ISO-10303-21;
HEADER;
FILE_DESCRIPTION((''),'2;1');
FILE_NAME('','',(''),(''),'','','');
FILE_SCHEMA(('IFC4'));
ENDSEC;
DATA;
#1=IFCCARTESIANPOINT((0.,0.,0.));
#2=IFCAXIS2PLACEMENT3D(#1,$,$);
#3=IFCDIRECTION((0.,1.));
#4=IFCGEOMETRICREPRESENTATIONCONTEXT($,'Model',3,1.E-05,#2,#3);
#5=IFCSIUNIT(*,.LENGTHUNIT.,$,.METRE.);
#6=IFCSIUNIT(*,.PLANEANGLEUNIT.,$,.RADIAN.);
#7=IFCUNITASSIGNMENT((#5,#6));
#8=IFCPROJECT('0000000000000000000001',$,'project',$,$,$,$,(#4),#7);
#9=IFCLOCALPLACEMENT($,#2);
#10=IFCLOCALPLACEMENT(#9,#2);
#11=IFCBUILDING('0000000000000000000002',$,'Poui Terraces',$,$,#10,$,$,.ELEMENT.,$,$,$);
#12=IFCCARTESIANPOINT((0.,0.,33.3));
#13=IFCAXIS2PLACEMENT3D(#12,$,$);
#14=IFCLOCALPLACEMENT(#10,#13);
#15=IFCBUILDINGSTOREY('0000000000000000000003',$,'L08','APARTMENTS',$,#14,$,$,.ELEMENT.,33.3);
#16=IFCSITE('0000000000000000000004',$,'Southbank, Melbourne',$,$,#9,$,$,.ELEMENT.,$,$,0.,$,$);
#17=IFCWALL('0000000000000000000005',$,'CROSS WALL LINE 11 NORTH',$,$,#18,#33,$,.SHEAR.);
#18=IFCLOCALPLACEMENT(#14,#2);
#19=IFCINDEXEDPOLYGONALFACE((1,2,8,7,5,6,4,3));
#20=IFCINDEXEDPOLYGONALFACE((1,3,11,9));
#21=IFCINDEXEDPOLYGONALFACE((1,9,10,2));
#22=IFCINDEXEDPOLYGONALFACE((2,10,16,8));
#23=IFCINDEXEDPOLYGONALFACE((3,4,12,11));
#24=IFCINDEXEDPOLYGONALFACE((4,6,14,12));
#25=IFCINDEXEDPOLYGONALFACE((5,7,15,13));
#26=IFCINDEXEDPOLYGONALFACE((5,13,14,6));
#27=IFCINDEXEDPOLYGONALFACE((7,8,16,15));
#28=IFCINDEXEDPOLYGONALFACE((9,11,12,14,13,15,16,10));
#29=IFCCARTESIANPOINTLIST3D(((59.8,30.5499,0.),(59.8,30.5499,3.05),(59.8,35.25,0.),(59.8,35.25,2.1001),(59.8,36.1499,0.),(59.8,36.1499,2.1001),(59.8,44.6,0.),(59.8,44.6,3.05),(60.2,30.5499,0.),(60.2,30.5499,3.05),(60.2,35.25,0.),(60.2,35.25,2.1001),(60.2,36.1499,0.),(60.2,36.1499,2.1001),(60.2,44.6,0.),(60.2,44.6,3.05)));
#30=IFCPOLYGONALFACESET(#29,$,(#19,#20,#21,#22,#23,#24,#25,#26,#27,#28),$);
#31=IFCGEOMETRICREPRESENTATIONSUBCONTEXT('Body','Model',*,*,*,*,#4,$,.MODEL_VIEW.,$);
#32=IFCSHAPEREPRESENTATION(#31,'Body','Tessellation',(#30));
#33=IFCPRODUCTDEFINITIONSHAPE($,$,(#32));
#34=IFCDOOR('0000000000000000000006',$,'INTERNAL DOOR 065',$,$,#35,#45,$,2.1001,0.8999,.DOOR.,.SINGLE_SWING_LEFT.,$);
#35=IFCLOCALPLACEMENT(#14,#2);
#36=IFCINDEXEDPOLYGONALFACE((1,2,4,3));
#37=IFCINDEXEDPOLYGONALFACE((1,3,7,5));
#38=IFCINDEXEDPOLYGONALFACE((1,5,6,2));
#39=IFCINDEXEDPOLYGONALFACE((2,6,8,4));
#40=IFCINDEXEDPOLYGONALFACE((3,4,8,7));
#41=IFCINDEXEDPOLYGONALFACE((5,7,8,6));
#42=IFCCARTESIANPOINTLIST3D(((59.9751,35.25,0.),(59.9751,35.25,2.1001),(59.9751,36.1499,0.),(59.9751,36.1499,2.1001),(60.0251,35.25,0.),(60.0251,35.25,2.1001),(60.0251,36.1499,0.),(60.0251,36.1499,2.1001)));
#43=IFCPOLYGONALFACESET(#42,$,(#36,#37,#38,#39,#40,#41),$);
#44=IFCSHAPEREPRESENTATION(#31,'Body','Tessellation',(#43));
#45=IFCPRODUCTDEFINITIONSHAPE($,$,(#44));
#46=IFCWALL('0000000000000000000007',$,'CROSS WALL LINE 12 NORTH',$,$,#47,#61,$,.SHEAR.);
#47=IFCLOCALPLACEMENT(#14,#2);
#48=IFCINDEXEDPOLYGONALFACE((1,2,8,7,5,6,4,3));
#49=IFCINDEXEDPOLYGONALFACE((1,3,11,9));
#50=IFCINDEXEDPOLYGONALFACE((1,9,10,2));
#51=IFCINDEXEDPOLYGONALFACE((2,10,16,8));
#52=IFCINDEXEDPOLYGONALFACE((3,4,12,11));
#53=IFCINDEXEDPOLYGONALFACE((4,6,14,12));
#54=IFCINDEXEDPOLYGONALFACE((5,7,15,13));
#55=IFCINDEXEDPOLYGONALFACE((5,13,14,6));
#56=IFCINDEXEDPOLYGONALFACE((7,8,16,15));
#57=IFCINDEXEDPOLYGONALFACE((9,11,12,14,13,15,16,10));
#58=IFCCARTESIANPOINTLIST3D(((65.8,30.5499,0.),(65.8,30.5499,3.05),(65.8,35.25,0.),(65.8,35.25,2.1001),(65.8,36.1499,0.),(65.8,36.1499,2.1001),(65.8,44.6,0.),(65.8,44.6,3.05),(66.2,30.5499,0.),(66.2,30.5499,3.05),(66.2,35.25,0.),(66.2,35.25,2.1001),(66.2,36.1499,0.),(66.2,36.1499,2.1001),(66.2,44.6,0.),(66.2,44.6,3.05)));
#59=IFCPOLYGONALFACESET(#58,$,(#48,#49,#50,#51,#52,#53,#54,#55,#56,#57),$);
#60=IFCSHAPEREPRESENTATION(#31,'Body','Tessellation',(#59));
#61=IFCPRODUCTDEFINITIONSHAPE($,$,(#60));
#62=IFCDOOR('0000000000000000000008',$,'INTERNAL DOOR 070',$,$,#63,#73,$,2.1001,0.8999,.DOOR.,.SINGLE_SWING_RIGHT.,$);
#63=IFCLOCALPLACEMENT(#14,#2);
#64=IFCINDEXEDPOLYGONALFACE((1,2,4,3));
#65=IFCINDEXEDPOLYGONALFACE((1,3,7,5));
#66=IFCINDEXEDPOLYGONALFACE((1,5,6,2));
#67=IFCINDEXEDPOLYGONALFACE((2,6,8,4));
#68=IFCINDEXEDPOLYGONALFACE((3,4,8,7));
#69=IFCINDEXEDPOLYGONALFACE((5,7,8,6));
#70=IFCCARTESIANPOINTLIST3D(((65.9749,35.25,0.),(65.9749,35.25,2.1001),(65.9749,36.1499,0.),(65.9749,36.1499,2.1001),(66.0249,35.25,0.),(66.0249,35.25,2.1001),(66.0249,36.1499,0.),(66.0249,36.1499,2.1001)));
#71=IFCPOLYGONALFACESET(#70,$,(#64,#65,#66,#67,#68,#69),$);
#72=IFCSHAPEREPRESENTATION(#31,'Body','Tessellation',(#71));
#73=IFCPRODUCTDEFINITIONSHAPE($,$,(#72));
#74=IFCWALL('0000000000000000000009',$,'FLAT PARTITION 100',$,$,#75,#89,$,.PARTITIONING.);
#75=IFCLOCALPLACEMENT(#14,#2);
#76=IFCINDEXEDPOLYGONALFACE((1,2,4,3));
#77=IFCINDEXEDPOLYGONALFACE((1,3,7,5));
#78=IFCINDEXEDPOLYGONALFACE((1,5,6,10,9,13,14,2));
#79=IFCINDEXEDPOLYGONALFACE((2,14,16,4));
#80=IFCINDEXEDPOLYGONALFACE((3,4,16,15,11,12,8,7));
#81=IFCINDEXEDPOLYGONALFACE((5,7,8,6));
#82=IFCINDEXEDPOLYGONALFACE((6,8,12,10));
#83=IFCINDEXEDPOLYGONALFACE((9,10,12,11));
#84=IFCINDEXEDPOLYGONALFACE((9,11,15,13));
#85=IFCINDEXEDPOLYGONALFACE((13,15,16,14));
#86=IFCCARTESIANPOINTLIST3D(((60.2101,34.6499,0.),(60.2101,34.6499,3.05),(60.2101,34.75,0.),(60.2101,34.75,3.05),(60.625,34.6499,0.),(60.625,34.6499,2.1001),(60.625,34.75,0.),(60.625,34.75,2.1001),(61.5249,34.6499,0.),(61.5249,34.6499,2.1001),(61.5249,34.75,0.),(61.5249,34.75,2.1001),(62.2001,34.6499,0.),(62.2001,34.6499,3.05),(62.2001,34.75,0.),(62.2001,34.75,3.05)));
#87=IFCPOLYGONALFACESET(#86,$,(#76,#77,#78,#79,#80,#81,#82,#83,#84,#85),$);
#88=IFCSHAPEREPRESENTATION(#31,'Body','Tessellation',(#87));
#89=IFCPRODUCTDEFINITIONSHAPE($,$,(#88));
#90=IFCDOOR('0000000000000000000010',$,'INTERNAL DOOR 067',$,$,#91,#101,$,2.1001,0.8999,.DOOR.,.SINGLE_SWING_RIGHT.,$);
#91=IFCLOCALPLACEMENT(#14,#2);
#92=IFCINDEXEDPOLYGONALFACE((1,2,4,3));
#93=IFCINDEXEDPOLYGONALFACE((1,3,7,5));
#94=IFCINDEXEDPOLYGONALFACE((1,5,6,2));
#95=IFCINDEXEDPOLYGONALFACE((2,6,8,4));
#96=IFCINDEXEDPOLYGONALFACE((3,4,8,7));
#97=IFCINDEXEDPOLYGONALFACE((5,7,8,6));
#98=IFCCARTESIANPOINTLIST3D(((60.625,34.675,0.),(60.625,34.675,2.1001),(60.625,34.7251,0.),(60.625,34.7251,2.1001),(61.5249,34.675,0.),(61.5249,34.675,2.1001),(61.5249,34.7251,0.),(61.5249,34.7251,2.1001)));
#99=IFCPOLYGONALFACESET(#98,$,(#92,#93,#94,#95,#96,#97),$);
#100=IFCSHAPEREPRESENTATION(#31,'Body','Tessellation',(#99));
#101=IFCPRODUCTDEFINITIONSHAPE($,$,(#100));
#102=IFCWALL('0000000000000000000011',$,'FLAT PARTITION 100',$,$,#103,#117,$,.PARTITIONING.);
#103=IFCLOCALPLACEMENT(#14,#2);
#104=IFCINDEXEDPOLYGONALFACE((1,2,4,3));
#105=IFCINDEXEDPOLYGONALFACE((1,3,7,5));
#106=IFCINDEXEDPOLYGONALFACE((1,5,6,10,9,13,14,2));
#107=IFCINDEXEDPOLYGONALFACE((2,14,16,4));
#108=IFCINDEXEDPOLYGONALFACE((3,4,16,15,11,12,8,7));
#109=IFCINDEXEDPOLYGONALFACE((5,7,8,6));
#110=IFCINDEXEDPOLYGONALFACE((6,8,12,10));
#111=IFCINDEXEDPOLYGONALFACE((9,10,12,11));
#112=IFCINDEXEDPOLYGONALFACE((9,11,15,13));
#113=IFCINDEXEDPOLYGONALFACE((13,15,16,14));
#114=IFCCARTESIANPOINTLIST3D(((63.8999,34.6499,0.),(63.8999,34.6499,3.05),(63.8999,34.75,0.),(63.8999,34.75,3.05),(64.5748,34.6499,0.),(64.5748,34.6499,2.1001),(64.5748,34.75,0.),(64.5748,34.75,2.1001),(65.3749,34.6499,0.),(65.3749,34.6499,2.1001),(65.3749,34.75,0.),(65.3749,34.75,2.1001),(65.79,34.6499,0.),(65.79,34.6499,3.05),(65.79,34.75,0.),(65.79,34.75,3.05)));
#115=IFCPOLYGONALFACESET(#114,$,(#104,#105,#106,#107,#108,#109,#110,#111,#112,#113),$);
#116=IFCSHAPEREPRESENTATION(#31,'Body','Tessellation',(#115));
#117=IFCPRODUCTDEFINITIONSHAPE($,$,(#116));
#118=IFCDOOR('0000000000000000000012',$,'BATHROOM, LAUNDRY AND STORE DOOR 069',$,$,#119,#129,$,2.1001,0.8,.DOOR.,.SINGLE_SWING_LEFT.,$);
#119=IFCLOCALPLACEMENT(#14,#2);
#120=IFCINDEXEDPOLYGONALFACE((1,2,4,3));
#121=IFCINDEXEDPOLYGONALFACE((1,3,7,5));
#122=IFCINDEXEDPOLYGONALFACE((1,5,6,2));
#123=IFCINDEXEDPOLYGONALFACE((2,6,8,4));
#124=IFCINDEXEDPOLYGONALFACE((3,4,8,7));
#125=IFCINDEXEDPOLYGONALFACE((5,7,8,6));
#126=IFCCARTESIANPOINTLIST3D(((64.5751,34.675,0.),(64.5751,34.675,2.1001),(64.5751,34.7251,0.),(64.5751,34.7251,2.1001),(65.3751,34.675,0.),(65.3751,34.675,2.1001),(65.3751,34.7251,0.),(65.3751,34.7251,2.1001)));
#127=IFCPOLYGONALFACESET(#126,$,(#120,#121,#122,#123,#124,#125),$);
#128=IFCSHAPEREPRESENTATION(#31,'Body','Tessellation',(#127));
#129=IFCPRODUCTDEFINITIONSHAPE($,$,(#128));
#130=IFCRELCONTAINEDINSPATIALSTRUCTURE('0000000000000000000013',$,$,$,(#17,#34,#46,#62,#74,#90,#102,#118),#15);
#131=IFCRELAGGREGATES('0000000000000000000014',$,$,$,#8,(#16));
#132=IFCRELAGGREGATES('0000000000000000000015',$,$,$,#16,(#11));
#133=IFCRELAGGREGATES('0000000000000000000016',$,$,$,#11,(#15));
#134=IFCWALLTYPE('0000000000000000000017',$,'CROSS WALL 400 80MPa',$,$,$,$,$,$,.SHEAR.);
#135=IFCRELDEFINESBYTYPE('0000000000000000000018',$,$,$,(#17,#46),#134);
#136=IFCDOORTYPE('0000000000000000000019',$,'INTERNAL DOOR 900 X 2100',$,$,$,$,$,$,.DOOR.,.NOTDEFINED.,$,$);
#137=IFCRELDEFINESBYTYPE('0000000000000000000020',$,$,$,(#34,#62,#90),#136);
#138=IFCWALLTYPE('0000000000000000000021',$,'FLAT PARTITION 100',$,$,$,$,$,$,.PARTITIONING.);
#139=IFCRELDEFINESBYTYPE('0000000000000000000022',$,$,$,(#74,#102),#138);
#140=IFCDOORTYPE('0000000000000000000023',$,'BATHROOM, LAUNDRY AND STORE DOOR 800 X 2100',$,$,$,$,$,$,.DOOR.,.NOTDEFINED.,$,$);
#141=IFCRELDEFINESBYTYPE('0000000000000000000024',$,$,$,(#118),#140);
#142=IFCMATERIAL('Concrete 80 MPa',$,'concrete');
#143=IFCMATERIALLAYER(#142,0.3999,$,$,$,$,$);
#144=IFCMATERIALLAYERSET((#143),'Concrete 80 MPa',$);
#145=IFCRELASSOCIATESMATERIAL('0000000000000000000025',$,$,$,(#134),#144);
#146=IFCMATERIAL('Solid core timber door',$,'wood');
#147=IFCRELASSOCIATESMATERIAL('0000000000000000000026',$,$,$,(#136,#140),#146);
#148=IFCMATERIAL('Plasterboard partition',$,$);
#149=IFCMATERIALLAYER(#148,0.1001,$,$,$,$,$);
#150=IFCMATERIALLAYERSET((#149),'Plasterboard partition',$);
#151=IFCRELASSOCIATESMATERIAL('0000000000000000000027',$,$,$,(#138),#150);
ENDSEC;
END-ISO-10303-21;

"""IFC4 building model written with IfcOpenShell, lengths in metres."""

from ifc_helpers import new_model, si_unit, direction, frame, frame_2d, origin, place, context, subcontext, project, spatial, rectangle, extrude, material, layer, layer_set, type_object, element, fill, save


model = new_model("IFC4")

# Units and contexts
model_context = context("Model", 3, precision=1e-05, world=origin(), true_north=direction((0.0, 1.0)))
body_context = subcontext(model_context, "Body", "Model", "MODEL_VIEW")
ifc_project = project(units=[si_unit("LENGTHUNIT", "METRE"), si_unit("PLANEANGLEUNIT", "RADIAN")], contexts=[model_context])

# Site, building, storey
site_placement = place(None, origin())
site = spatial("IfcSite", under=ifc_project, at=site_placement, Name="Southbank, Melbourne", CompositionType="ELEMENT", RefElevation=0.0)
building_placement = place(site_placement, origin())
building = spatial("IfcBuilding", under=site, at=building_placement, Name="Poui Terraces", CompositionType="ELEMENT")
storey_placement = place(building_placement, frame((0.0, 0.0, 33.3)))
storey = spatial("IfcBuildingStorey", under=building, at=storey_placement, Name="L08", Description="APARTMENTS", CompositionType="ELEMENT", Elevation=33.3)

# Walls, openings, doors
ifc_material_1 = material(Name="Concrete 80 MPa", Category="concrete")
ifc_layer_1 = layer(ifc_material_1, 0.3999)
ifc_layer_set_1 = layer_set([ifc_layer_1], Name="Concrete 80 MPa")
wall_type_1 = type_object("IfcWallType", Name="CROSS WALL 400 80MPa", PredefinedType="SHEAR", material=ifc_layer_set_1)
wall_1_placement = place(storey_placement, frame((60.0, 30.55, 0.0), z_axis=(0.0, 0.0, 1.0), x_axis=(0.0, 1.0, 0.0)))
wall_1 = element("IfcWall", 1, at=wall_1_placement, inside=storey, type_object=wall_type_1, Name="CROSS WALL LINE 11 NORTH", PredefinedType="SHEAR", context=body_context, shape_type="SweptSolid", body=[
    extrude(rectangle(XDim=14.05, YDim=0.3999, at=frame_2d((7.0249, 0.0))), origin(), (0.0, 0.0, 1.0), 3.05),
])
opening_1_placement = place(wall_1_placement, frame((4.7, 0.0, 0.0)))
opening_1 = element("IfcOpeningElement", 2, at=opening_1_placement, cuts=wall_1, PredefinedType="OPENING", context=body_context, shape_type="SweptSolid", body=[
    extrude(rectangle(XDim=0.8999, YDim=2.1001, at=frame_2d((0.45, 1.05))), frame((0.0, 0.21, 0.0), z_axis=(0.0, -1.0, 0.0), x_axis=(1.0, 0.0, 0.0)), (0.0, 0.0, 1.0), 0.4199),
])
ifc_material_2 = material(Name="Solid core timber door", Category="wood")
door_type_1 = type_object("IfcDoorType", Name="INTERNAL DOOR 900 X 2100", OperationType="NOTDEFINED", PredefinedType="DOOR", material=ifc_material_2)
door_1_placement = place(opening_1_placement, origin())
door_1 = element("IfcDoor", 3, at=door_1_placement, inside=storey, type_object=door_type_1, Name="INTERNAL DOOR 065", OperationType="SINGLE_SWING_LEFT", OverallHeight=2.1001, OverallWidth=0.8999, PredefinedType="DOOR", context=body_context, shape_type="SweptSolid", body=[
    extrude(rectangle(XDim=0.8999, YDim=2.1001, at=frame_2d((0.45, 1.05))), frame((0.0, 0.0249, 0.0), z_axis=(0.0, -1.0, 0.0), x_axis=(1.0, 0.0, 0.0)), (0.0, 0.0, 1.0), 0.05),
])
fill(opening_1, door_1)
wall_2_placement = place(storey_placement, frame((66.0, 30.55, 0.0), z_axis=(0.0, 0.0, 1.0), x_axis=(0.0, 1.0, 0.0)))
wall_2 = element("IfcWall", 4, at=wall_2_placement, inside=storey, type_object=wall_type_1, Name="CROSS WALL LINE 12 NORTH", PredefinedType="SHEAR", context=body_context, shape_type="SweptSolid", body=[
    extrude(rectangle(XDim=14.05, YDim=0.3999, at=frame_2d((7.0249, 0.0))), origin(), (0.0, 0.0, 1.0), 3.05),
])
opening_2_placement = place(wall_2_placement, frame((4.7, 0.0, 0.0)))
opening_2 = element("IfcOpeningElement", 5, at=opening_2_placement, cuts=wall_2, PredefinedType="OPENING", context=body_context, shape_type="SweptSolid", body=[
    extrude(rectangle(XDim=0.8999, YDim=2.1001, at=frame_2d((0.45, 1.05))), frame((0.0, 0.21, 0.0), z_axis=(0.0, -1.0, 0.0), x_axis=(1.0, 0.0, 0.0)), (0.0, 0.0, 1.0), 0.4199),
])
door_2_placement = place(opening_2_placement, frame((0.8999, 0.0, 0.0), z_axis=(0.0, 0.0, 1.0), x_axis=(-1.0, 0.0, 0.0)))
door_2 = element("IfcDoor", 6, at=door_2_placement, inside=storey, type_object=door_type_1, Name="INTERNAL DOOR 070", OperationType="SINGLE_SWING_RIGHT", OverallHeight=2.1001, OverallWidth=0.8999, PredefinedType="DOOR", context=body_context, shape_type="SweptSolid", body=[
    extrude(rectangle(XDim=0.8999, YDim=2.1001, at=frame_2d((0.45, 1.05))), frame((0.0, 0.0249, 0.0), z_axis=(0.0, -1.0, 0.0), x_axis=(1.0, 0.0, 0.0)), (0.0, 0.0, 1.0), 0.05),
])
fill(opening_2, door_2)
ifc_material_3 = material(Name="Plasterboard partition")
ifc_layer_2 = layer(ifc_material_3, 0.1001)
ifc_layer_set_2 = layer_set([ifc_layer_2], Name="Plasterboard partition")
wall_type_2 = type_object("IfcWallType", Name="FLAT PARTITION 100", PredefinedType="PARTITIONING", material=ifc_layer_set_2)
wall_3_placement = place(storey_placement, frame((60.21, 34.7, 0.0), z_axis=(0.0, 0.0, 1.0), x_axis=(1.0, 0.0, 0.0)))
wall_3 = element("IfcWall", 7, at=wall_3_placement, inside=storey, type_object=wall_type_2, Name="FLAT PARTITION 100", PredefinedType="PARTITIONING", context=body_context, shape_type="SweptSolid", body=[
    extrude(rectangle(XDim=1.99, YDim=0.1001, at=frame_2d((0.9951, 0.0))), origin(), (0.0, 0.0, 1.0), 3.05),
])
opening_3_placement = place(wall_3_placement, frame((0.415, 0.0, 0.0)))
opening_3 = element("IfcOpeningElement", 8, at=opening_3_placement, cuts=wall_3, PredefinedType="OPENING", context=body_context, shape_type="SweptSolid", body=[
    extrude(rectangle(XDim=0.8999, YDim=2.1001, at=frame_2d((0.45, 1.05))), frame((0.0, 0.0601, 0.0), z_axis=(0.0, -1.0, 0.0), x_axis=(1.0, 0.0, 0.0)), (0.0, 0.0, 1.0), 0.1201),
])
door_3_placement = place(opening_3_placement, frame((0.8999, 0.0, 0.0), z_axis=(0.0, 0.0, 1.0), x_axis=(-1.0, 0.0, 0.0)))
door_3 = element("IfcDoor", 9, at=door_3_placement, inside=storey, type_object=door_type_1, Name="INTERNAL DOOR 067", OperationType="SINGLE_SWING_RIGHT", OverallHeight=2.1001, OverallWidth=0.8999, PredefinedType="DOOR", context=body_context, shape_type="SweptSolid", body=[
    extrude(rectangle(XDim=0.8999, YDim=2.1001, at=frame_2d((0.45, 1.05))), frame((0.0, 0.0249, 0.0), z_axis=(0.0, -1.0, 0.0), x_axis=(1.0, 0.0, 0.0)), (0.0, 0.0, 1.0), 0.05),
])
fill(opening_3, door_3)
wall_4_placement = place(storey_placement, frame((63.8999, 34.7, 0.0), z_axis=(0.0, 0.0, 1.0), x_axis=(1.0, 0.0, 0.0)))
wall_4 = element("IfcWall", 10, at=wall_4_placement, inside=storey, type_object=wall_type_2, Name="FLAT PARTITION 100", PredefinedType="PARTITIONING", context=body_context, shape_type="SweptSolid", body=[
    extrude(rectangle(XDim=1.8901, YDim=0.1001, at=frame_2d((0.9451, 0.0))), origin(), (0.0, 0.0, 1.0), 3.05),
])
opening_4_placement = place(wall_4_placement, frame((0.675, 0.0, 0.0)))
opening_4 = element("IfcOpeningElement", 11, at=opening_4_placement, cuts=wall_4, PredefinedType="OPENING", context=body_context, shape_type="SweptSolid", body=[
    extrude(rectangle(XDim=0.8, YDim=2.1001, at=frame_2d((0.3999, 1.05))), frame((0.0, 0.0601, 0.0), z_axis=(0.0, -1.0, 0.0), x_axis=(1.0, 0.0, 0.0)), (0.0, 0.0, 1.0), 0.1201),
])
door_type_2 = type_object("IfcDoorType", Name="BATHROOM, LAUNDRY AND STORE DOOR 800 X 2100", OperationType="NOTDEFINED", PredefinedType="DOOR", material=ifc_material_2)
door_4_placement = place(opening_4_placement, frame((0.8, 0.0, 0.0), z_axis=(0.0, 0.0, 1.0), x_axis=(-1.0, 0.0, 0.0)))
door_4 = element("IfcDoor", 12, at=door_4_placement, inside=storey, type_object=door_type_2, Name="BATHROOM, LAUNDRY AND STORE DOOR 069", OperationType="SINGLE_SWING_LEFT", OverallHeight=2.1001, OverallWidth=0.8, PredefinedType="DOOR", context=body_context, shape_type="SweptSolid", body=[
    extrude(rectangle(XDim=0.8, YDim=2.1001, at=frame_2d((0.3999, 1.05))), frame((0.0, 0.0249, 0.0), z_axis=(0.0, -1.0, 0.0), x_axis=(1.0, 0.0, 0.0)), (0.0, 0.0, 1.0), 0.05),
])
fill(opening_4, door_4)

save(model, "model.ifc")
